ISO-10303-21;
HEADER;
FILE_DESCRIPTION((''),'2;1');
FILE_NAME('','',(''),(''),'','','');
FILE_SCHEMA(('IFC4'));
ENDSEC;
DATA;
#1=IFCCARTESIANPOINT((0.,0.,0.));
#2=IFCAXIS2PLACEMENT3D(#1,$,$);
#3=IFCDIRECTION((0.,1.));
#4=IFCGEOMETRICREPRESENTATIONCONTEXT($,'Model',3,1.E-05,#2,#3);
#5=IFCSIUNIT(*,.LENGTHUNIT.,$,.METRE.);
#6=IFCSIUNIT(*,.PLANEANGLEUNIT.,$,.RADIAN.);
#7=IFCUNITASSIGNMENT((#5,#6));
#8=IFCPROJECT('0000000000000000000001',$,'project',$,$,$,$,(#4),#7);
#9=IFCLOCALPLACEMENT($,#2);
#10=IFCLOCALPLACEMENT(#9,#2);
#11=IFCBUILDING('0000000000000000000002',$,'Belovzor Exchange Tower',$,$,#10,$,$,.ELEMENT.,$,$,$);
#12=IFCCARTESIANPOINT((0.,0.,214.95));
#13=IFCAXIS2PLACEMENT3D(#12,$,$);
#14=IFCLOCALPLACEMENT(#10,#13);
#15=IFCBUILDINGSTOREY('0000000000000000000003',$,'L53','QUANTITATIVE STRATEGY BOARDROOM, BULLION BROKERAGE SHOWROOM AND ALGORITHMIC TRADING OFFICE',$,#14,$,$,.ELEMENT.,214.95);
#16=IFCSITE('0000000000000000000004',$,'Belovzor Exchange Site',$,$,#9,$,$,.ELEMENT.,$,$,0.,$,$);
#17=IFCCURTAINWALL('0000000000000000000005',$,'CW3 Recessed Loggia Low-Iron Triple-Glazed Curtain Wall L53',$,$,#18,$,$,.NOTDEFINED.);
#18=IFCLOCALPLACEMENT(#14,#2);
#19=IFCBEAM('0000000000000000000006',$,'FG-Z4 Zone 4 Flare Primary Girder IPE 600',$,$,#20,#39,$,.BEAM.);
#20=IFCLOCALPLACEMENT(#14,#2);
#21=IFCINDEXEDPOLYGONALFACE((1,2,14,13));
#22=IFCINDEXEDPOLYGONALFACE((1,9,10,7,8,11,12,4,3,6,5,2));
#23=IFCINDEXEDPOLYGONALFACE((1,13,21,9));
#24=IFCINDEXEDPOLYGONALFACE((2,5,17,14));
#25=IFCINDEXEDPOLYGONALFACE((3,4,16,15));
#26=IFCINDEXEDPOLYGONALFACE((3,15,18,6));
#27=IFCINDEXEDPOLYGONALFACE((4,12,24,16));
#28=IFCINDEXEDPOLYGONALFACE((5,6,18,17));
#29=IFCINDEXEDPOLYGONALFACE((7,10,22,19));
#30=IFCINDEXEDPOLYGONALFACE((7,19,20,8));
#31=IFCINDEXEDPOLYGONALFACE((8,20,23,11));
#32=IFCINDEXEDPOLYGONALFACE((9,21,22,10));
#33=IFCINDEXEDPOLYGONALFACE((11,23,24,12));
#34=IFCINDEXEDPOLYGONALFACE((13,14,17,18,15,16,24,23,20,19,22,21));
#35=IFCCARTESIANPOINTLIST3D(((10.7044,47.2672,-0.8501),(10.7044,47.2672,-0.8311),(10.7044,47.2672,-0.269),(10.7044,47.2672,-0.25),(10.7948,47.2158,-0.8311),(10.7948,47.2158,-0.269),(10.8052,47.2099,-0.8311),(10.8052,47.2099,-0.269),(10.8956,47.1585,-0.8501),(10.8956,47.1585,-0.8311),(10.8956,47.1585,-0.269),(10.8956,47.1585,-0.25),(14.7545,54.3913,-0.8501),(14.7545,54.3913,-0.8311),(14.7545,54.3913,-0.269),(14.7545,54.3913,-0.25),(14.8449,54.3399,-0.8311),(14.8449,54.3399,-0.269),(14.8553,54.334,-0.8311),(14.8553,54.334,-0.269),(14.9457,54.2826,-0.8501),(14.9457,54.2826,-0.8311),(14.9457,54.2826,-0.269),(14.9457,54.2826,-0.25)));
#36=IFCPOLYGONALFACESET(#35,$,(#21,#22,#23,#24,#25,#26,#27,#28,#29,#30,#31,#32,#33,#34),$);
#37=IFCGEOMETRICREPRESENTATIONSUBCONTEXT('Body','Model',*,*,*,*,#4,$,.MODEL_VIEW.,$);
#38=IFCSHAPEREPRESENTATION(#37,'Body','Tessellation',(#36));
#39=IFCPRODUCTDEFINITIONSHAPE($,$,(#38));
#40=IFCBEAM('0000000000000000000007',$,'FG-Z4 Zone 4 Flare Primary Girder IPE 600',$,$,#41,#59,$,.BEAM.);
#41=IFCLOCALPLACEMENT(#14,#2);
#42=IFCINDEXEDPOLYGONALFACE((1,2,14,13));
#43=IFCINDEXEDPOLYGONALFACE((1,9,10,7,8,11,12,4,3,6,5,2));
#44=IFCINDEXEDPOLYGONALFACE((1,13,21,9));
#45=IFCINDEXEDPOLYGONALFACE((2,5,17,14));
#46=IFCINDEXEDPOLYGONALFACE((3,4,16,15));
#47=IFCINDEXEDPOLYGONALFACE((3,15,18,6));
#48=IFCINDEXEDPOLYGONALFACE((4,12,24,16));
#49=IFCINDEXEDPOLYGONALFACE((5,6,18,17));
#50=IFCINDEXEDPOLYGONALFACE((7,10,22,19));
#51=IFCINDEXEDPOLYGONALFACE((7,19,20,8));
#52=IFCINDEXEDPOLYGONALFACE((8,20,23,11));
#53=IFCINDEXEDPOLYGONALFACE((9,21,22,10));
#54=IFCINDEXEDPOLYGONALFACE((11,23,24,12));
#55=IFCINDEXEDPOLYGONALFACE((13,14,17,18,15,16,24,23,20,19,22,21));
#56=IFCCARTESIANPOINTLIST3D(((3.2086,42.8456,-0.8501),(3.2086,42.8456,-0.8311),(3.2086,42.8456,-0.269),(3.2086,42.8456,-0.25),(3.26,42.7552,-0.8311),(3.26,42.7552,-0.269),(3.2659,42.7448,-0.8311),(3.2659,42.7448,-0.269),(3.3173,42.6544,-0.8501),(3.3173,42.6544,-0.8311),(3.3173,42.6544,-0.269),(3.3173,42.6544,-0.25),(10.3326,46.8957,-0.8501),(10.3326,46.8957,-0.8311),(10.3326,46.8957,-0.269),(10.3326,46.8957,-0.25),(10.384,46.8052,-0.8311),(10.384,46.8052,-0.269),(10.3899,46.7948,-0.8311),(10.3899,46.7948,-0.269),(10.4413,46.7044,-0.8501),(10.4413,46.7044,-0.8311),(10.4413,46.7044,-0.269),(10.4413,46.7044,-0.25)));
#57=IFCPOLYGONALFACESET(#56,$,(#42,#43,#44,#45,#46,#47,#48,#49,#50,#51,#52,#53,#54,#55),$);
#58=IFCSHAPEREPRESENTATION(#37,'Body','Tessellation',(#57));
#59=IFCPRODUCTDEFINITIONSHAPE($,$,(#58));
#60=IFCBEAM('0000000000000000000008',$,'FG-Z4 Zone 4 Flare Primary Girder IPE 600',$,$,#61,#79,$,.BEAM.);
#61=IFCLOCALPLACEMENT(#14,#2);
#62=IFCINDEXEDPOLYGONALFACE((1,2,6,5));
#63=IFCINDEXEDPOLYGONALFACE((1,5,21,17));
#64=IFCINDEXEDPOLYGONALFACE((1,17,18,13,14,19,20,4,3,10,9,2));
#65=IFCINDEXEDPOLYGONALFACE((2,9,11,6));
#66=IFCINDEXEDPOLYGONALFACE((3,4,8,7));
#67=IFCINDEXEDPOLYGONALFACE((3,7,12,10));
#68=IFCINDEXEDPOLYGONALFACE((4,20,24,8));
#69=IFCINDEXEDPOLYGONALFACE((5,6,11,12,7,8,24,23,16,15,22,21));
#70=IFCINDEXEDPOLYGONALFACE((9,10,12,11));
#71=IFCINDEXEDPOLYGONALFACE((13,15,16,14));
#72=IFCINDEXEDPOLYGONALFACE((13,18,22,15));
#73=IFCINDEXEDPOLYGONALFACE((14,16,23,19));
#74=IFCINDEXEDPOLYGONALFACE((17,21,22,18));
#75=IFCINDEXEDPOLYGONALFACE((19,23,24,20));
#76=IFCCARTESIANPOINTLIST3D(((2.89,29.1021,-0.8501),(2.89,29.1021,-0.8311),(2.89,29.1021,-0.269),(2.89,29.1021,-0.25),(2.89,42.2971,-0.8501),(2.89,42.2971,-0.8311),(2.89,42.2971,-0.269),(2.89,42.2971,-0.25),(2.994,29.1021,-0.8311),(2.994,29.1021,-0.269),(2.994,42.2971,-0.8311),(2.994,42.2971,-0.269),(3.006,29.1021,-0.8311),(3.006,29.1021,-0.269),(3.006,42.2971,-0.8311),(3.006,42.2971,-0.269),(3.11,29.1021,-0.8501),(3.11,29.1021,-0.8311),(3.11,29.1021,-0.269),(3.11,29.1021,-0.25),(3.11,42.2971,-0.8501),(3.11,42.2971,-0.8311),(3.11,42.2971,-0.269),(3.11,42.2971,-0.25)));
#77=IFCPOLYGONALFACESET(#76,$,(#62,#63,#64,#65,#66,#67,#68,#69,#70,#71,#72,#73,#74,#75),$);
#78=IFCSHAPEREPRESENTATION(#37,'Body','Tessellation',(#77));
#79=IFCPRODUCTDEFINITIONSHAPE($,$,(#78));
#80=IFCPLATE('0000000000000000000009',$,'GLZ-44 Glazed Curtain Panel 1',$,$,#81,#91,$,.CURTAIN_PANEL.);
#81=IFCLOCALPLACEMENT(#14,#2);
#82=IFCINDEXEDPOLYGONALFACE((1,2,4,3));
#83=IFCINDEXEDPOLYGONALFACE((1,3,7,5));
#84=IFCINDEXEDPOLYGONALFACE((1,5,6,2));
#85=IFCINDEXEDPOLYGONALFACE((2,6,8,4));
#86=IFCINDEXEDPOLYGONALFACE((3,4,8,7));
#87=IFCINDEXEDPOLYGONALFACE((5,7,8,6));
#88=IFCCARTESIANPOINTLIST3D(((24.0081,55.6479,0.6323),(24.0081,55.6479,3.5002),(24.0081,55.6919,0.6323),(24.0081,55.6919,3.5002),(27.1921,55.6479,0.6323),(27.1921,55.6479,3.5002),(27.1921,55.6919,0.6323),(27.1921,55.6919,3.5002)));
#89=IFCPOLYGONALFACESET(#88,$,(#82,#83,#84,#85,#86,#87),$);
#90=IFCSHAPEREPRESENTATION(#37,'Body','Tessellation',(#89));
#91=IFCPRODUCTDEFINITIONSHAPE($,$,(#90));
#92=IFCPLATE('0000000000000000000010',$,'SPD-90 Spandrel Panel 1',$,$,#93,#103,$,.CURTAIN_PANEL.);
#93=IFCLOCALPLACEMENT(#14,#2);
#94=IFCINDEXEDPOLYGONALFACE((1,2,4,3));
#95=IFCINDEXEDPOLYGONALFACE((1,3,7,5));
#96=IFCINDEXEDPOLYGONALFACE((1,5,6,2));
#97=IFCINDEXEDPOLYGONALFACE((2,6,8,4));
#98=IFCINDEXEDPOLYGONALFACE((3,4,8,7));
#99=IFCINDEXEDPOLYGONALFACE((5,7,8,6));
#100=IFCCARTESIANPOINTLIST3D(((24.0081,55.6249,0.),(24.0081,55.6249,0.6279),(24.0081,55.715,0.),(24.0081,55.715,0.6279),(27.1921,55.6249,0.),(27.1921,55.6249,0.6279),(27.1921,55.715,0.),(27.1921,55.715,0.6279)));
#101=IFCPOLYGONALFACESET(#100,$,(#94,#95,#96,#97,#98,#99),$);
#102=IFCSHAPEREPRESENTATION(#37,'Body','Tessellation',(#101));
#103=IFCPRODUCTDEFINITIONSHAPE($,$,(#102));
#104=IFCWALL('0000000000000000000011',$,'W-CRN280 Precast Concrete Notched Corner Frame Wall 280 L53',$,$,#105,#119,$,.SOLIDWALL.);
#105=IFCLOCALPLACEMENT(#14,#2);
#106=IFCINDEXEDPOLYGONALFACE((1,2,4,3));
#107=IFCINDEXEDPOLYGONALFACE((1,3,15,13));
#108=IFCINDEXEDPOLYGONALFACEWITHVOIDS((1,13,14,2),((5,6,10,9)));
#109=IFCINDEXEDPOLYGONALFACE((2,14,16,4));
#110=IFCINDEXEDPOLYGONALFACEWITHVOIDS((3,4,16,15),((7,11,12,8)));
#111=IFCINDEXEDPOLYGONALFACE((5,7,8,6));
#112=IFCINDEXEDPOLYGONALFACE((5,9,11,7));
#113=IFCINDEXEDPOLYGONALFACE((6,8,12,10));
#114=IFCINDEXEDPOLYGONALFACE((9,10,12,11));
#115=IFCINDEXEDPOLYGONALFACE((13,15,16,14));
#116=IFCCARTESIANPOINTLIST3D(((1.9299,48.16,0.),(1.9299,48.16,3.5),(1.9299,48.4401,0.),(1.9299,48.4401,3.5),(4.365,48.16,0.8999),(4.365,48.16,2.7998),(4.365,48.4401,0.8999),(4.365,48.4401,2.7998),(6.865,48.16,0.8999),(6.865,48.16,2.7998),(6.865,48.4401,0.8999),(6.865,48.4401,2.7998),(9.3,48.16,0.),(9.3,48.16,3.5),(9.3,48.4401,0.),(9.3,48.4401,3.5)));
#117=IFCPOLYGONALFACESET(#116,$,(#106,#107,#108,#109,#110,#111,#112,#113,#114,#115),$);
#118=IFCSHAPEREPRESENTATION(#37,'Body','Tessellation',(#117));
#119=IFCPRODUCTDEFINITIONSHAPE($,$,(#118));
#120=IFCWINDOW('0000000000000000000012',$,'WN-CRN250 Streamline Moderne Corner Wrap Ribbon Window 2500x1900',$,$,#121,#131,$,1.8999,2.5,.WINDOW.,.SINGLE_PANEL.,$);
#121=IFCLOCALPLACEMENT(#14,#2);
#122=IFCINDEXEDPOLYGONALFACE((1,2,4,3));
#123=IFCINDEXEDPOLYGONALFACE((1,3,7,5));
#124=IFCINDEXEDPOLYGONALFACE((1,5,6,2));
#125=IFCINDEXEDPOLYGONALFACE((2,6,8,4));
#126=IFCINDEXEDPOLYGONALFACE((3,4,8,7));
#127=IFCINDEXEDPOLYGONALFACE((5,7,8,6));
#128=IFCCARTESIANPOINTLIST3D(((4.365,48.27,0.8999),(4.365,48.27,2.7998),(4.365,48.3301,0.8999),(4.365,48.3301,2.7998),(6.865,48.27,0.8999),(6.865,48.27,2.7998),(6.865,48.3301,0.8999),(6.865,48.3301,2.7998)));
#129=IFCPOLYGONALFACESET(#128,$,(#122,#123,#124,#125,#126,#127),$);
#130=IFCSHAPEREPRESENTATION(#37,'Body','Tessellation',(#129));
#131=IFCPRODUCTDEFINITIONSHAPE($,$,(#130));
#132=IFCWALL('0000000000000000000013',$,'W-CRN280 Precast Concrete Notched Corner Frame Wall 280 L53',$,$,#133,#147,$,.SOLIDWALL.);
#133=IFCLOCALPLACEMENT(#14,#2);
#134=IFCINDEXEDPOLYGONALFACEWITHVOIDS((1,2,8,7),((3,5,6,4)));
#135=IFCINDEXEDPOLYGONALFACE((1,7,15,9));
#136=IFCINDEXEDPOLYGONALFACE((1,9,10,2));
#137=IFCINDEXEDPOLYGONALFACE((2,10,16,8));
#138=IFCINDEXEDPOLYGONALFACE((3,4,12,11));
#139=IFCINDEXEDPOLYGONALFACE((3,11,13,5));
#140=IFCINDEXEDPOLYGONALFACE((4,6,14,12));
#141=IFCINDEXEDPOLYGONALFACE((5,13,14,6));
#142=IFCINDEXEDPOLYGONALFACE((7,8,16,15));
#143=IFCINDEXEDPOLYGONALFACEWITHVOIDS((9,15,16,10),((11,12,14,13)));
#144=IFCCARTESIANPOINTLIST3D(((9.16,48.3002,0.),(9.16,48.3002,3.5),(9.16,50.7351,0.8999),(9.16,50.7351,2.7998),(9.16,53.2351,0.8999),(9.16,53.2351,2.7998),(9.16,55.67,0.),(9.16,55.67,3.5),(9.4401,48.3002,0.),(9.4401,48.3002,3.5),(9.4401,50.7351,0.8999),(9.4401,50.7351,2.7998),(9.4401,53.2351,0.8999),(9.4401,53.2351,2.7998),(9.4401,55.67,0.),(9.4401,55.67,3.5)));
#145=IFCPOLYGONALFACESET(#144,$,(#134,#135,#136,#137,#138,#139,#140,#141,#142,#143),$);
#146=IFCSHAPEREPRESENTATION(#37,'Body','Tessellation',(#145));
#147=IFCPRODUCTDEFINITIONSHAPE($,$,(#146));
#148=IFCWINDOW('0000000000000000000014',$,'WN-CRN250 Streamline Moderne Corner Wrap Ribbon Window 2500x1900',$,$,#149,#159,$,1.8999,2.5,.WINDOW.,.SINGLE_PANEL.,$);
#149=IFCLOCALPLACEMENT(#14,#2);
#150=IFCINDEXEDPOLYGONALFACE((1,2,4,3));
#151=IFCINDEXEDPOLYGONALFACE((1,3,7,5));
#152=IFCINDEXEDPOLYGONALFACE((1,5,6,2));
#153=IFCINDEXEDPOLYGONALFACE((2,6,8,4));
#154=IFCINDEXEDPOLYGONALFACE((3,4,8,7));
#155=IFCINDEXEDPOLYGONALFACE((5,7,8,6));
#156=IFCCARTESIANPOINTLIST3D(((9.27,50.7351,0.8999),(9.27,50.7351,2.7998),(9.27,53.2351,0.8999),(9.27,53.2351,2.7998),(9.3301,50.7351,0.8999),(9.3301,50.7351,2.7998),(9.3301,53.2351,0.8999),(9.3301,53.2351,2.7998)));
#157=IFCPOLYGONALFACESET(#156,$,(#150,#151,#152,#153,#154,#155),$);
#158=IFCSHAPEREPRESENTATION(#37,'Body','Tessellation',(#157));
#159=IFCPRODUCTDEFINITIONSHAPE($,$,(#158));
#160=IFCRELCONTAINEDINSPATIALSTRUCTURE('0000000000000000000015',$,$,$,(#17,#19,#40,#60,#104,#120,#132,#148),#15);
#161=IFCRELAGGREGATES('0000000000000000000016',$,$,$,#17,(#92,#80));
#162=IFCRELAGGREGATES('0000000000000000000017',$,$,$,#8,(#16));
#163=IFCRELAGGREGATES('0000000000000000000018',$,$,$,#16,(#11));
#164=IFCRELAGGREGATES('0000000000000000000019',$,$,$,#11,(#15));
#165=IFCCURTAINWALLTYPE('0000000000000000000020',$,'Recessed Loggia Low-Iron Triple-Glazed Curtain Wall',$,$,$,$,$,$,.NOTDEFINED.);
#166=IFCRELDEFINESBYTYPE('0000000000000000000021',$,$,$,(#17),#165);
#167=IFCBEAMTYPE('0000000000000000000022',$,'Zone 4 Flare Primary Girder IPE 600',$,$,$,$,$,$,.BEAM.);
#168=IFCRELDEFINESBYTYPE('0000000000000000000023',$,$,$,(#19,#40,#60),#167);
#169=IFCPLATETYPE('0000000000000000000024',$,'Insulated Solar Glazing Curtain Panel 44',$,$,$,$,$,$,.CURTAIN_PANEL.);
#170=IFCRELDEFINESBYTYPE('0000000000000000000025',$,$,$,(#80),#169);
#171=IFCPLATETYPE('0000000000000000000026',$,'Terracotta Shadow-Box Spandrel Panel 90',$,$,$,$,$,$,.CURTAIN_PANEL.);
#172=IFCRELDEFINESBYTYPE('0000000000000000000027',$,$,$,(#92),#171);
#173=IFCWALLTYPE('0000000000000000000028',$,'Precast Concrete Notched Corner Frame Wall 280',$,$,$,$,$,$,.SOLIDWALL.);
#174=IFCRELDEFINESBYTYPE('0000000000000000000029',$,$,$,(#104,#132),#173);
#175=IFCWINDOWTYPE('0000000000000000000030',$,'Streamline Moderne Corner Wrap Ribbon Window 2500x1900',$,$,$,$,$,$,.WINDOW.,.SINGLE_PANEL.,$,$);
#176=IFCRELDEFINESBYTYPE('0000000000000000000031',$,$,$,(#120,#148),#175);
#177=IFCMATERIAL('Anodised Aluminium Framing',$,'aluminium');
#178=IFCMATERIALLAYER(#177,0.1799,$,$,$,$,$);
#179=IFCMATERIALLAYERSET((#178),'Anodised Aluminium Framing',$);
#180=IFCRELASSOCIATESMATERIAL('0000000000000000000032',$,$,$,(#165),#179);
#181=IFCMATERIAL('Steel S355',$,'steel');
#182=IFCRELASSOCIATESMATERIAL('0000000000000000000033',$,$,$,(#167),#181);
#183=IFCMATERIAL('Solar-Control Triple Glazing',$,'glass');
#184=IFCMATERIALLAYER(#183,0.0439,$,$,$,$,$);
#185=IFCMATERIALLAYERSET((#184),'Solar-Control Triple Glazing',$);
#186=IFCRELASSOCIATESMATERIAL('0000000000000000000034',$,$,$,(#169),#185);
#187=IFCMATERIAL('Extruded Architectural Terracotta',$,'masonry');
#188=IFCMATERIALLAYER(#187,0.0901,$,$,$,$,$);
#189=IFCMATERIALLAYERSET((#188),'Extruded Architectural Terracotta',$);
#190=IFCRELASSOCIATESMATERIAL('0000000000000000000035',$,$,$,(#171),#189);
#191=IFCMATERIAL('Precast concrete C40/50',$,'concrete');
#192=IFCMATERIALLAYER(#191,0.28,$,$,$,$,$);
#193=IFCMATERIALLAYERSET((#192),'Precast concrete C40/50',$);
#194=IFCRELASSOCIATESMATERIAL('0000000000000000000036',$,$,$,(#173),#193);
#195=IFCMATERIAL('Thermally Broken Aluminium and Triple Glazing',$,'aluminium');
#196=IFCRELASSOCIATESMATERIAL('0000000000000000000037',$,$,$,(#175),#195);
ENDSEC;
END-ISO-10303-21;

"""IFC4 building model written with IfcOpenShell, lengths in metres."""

from ifc_helpers import new_model, si_unit, direction, frame, frame_2d, origin, origin_2d, place, context, subcontext, project, spatial, rectangle, i_section, extrude, material, layer, layer_set, material_profile, profile_set, type_object, element, fill, aggregate, save


model = new_model("IFC4")

# Units and contexts
model_context = context("Model", 3, precision=1e-05, world=origin(), true_north=direction((0.0, 1.0)))
body_context = subcontext(model_context, "Body", "Model", "MODEL_VIEW")
ifc_project = project(units=[si_unit("LENGTHUNIT", "METRE"), si_unit("PLANEANGLEUNIT", "RADIAN")], contexts=[model_context])

# Site, building, storey
site_placement = place(None, origin())
site = spatial("IfcSite", under=ifc_project, at=site_placement, Name="Belovzor Exchange Site", CompositionType="ELEMENT", RefElevation=0.0)
building_placement = place(site_placement, origin())
building = spatial("IfcBuilding", under=site, at=building_placement, Name="Belovzor Exchange Tower", CompositionType="ELEMENT")
storey_placement = place(building_placement, frame((0.0, 0.0, 214.95)))
storey = spatial("IfcBuildingStorey", under=building, at=storey_placement, Name="L53", Description="QUANTITATIVE STRATEGY BOARDROOM, BULLION BROKERAGE SHOWROOM AND ALGORITHMIC TRADING OFFICE", CompositionType="ELEMENT", Elevation=214.95)

# Curtain wall
ifc_material_1 = material(Name="Anodised Aluminium Framing", Category="aluminium")
ifc_layer_1 = layer(ifc_material_1, 0.1799)
ifc_layer_set_1 = layer_set([ifc_layer_1], Name="Anodised Aluminium Framing")
curtain_wall_type = type_object("IfcCurtainWallType", Name="Recessed Loggia Low-Iron Triple-Glazed Curtain Wall", PredefinedType="NOTDEFINED", material=ifc_layer_set_1)
curtain_wall_placement = place(storey_placement, origin())
curtain_wall = element("IfcCurtainWall", 1, at=curtain_wall_placement, inside=storey, type_object=curtain_wall_type, Name="CW3 Recessed Loggia Low-Iron Triple-Glazed Curtain Wall L53", PredefinedType="NOTDEFINED")

# Beams
ifc_material_2 = material(Name="Steel S355", Category="steel")
ifc_material_profile_1 = material_profile(ifc_material_2, i_section(OverallWidth=0.22, OverallDepth=0.6001, WebThickness=0.012, FlangeThickness=0.019, at=origin_2d()))
ifc_profile_set_1 = profile_set([ifc_material_profile_1], Name="Steel S355")
beam_type_1 = type_object("IfcBeamType", Name="Zone 4 Flare Primary Girder IPE 600", PredefinedType="BEAM", material=ifc_profile_set_1)
for number, where, z_axis, x_axis, name in (
    (2, (14.8501, 54.3369, -0.55), (-0.494222, -0.869336, 0.0), (0.869336, -0.494222, 0.0), "FG-Z4 Zone 4 Flare Primary Girder IPE 600"),
    (3, (10.387, 46.8, -0.55), (-0.869336, -0.494222, 0.0), (0.494222, -0.869336, 0.0), "FG-Z4 Zone 4 Flare Primary Girder IPE 600"),
):
    element("IfcBeam", number, at=place(storey_placement, frame(where, z_axis=z_axis, x_axis=x_axis)), inside=storey, type_object=beam_type_1, Name=name, PredefinedType="BEAM", context=body_context, shape_type="SweptSolid", body=[
        extrude(i_section(OverallWidth=0.22, OverallDepth=0.6001, WebThickness=0.012, FlangeThickness=0.019, at=origin_2d()), origin(), (0.0, 0.0, 1.0), 8.1948),
    ])
beam_1_placement = place(storey_placement, frame((3.0, 42.2971, -0.55), z_axis=(0.0, -1.0, 0.0), x_axis=(1.0, 0.0, 0.0)))
element("IfcBeam", 4, at=beam_1_placement, inside=storey, type_object=beam_type_1, Name="FG-Z4 Zone 4 Flare Primary Girder IPE 600", PredefinedType="BEAM", context=body_context, shape_type="SweptSolid", body=[
    extrude(i_section(OverallWidth=0.22, OverallDepth=0.6001, WebThickness=0.012, FlangeThickness=0.019, at=origin_2d()), origin(), (0.0, 0.0, 1.0), 13.1951),
])

# Plates
ifc_material_3 = material(Name="Solar-Control Triple Glazing", Category="glass")
ifc_layer_2 = layer(ifc_material_3, 0.0439)
ifc_layer_set_2 = layer_set([ifc_layer_2], Name="Solar-Control Triple Glazing")
plate_type_1 = type_object("IfcPlateType", Name="Insulated Solar Glazing Curtain Panel 44", PredefinedType="CURTAIN_PANEL", material=ifc_layer_set_2)
plate_1_placement = place(storey_placement, frame((25.6001, 55.6699, 0.6323), z_axis=(0.0, 0.0, 1.0), x_axis=(1.0, 0.0, 0.0)))
plate_1 = element("IfcPlate", 5, at=plate_1_placement, type_object=plate_type_1, Name="GLZ-44 Glazed Curtain Panel 1", PredefinedType="CURTAIN_PANEL", context=body_context, shape_type="SweptSolid", body=[
    extrude(rectangle(XDim=3.1841, YDim=0.0439, at=origin_2d()), origin(), (0.0, 0.0, 1.0), 2.8679),
])
ifc_material_4 = material(Name="Extruded Architectural Terracotta", Category="masonry")
ifc_layer_3 = layer(ifc_material_4, 0.0901)
ifc_layer_set_3 = layer_set([ifc_layer_3], Name="Extruded Architectural Terracotta")
plate_type_2 = type_object("IfcPlateType", Name="Terracotta Shadow-Box Spandrel Panel 90", PredefinedType="CURTAIN_PANEL", material=ifc_layer_set_3)
plate_2_placement = place(storey_placement, frame((25.6001, 55.6699, 0.0), z_axis=(0.0, 0.0, 1.0), x_axis=(1.0, 0.0, 0.0)))
plate_2 = element("IfcPlate", 6, at=plate_2_placement, type_object=plate_type_2, Name="SPD-90 Spandrel Panel 1", PredefinedType="CURTAIN_PANEL", context=body_context, shape_type="SweptSolid", body=[
    extrude(rectangle(XDim=3.1841, YDim=0.0901, at=origin_2d()), origin(), (0.0, 0.0, 1.0), 0.6279),
])
aggregate(curtain_wall, [plate_2, plate_1])

# Walls, openings, windows
ifc_material_5 = material(Name="Precast concrete C40/50", Category="concrete")
ifc_layer_4 = layer(ifc_material_5, 0.28)
ifc_layer_set_4 = layer_set([ifc_layer_4], Name="Precast concrete C40/50")
wall_type_1 = type_object("IfcWallType", Name="Precast Concrete Notched Corner Frame Wall 280", PredefinedType="SOLIDWALL", material=ifc_layer_set_4)
wall_1_placement = place(storey_placement, frame((1.9299, 48.3, 0.0), z_axis=(0.0, 0.0, 1.0), x_axis=(1.0, 0.0, 0.0)))
wall_1 = element("IfcWall", 7, at=wall_1_placement, inside=storey, type_object=wall_type_1, Name="W-CRN280 Precast Concrete Notched Corner Frame Wall 280 L53", PredefinedType="SOLIDWALL", context=body_context, shape_type="SweptSolid", body=[
    extrude(rectangle(XDim=7.3701, YDim=0.28, at=frame_2d((3.6851, 0.0))), origin(), (0.0, 0.0, 1.0), 3.5),
])
opening_1_placement = place(wall_1_placement, frame((2.4351, 0.0, 0.8999)))
opening_1 = element("IfcOpeningElement", 8, at=opening_1_placement, cuts=wall_1, PredefinedType="OPENING", context=body_context, shape_type="SweptSolid", body=[
    extrude(rectangle(XDim=2.5, YDim=1.8999, at=frame_2d((1.25, 0.95))), frame((0.0, 0.1499, 0.0), z_axis=(0.0, -1.0, 0.0), x_axis=(1.0, 0.0, 0.0)), (0.0, 0.0, 1.0), 0.3),
])
ifc_material_6 = material(Name="Thermally Broken Aluminium and Triple Glazing", Category="aluminium")
window_type = type_object("IfcWindowType", Name="Streamline Moderne Corner Wrap Ribbon Window 2500x1900", PartitioningType="SINGLE_PANEL", PredefinedType="WINDOW", material=ifc_material_6)
window_1_placement = place(opening_1_placement, origin())
window_1 = element("IfcWindow", 9, at=window_1_placement, inside=storey, type_object=window_type, Name="WN-CRN250 Streamline Moderne Corner Wrap Ribbon Window 2500x1900", OverallHeight=1.8999, OverallWidth=2.5, PartitioningType="SINGLE_PANEL", PredefinedType="WINDOW", context=body_context, shape_type="SweptSolid", body=[
    extrude(rectangle(XDim=2.5, YDim=1.8999, at=frame_2d((1.25, 0.95))), frame((0.0, 0.03, 0.0), z_axis=(0.0, -1.0, 0.0), x_axis=(1.0, 0.0, 0.0)), (0.0, 0.0, 1.0), 0.0601),
])
fill(opening_1, window_1)
wall_2_placement = place(storey_placement, frame((9.3, 48.3, 0.0), z_axis=(0.0, 0.0, 1.0), x_axis=(0.0, 1.0, 0.0)))
wall_2 = element("IfcWall", 10, at=wall_2_placement, inside=storey, type_object=wall_type_1, Name="W-CRN280 Precast Concrete Notched Corner Frame Wall 280 L53", PredefinedType="SOLIDWALL", context=body_context, shape_type="SweptSolid", body=[
    extrude(rectangle(XDim=7.3699, YDim=0.28, at=frame_2d((3.6851, 0.0))), origin(), (0.0, 0.0, 1.0), 3.5),
])
opening_2_placement = place(wall_2_placement, frame((2.4351, 0.0, 0.8999)))
opening_2 = element("IfcOpeningElement", 11, at=opening_2_placement, cuts=wall_2, PredefinedType="OPENING", context=body_context, shape_type="SweptSolid", body=[
    extrude(rectangle(XDim=2.5, YDim=1.8999, at=frame_2d((1.25, 0.95))), frame((0.0, 0.1499, 0.0), z_axis=(0.0, -1.0, 0.0), x_axis=(1.0, 0.0, 0.0)), (0.0, 0.0, 1.0), 0.3),
])
window_2_placement = place(opening_2_placement, origin())
window_2 = element("IfcWindow", 12, at=window_2_placement, inside=storey, type_object=window_type, Name="WN-CRN250 Streamline Moderne Corner Wrap Ribbon Window 2500x1900", OverallHeight=1.8999, OverallWidth=2.5, PartitioningType="SINGLE_PANEL", PredefinedType="WINDOW", context=body_context, shape_type="SweptSolid", body=[
    extrude(rectangle(XDim=2.5, YDim=1.8999, at=frame_2d((1.25, 0.95))), frame((0.0, 0.03, 0.0), z_axis=(0.0, -1.0, 0.0), x_axis=(1.0, 0.0, 0.0)), (0.0, 0.0, 1.0), 0.0601),
])
fill(opening_2, window_2)

save(model, "model.ifc")
